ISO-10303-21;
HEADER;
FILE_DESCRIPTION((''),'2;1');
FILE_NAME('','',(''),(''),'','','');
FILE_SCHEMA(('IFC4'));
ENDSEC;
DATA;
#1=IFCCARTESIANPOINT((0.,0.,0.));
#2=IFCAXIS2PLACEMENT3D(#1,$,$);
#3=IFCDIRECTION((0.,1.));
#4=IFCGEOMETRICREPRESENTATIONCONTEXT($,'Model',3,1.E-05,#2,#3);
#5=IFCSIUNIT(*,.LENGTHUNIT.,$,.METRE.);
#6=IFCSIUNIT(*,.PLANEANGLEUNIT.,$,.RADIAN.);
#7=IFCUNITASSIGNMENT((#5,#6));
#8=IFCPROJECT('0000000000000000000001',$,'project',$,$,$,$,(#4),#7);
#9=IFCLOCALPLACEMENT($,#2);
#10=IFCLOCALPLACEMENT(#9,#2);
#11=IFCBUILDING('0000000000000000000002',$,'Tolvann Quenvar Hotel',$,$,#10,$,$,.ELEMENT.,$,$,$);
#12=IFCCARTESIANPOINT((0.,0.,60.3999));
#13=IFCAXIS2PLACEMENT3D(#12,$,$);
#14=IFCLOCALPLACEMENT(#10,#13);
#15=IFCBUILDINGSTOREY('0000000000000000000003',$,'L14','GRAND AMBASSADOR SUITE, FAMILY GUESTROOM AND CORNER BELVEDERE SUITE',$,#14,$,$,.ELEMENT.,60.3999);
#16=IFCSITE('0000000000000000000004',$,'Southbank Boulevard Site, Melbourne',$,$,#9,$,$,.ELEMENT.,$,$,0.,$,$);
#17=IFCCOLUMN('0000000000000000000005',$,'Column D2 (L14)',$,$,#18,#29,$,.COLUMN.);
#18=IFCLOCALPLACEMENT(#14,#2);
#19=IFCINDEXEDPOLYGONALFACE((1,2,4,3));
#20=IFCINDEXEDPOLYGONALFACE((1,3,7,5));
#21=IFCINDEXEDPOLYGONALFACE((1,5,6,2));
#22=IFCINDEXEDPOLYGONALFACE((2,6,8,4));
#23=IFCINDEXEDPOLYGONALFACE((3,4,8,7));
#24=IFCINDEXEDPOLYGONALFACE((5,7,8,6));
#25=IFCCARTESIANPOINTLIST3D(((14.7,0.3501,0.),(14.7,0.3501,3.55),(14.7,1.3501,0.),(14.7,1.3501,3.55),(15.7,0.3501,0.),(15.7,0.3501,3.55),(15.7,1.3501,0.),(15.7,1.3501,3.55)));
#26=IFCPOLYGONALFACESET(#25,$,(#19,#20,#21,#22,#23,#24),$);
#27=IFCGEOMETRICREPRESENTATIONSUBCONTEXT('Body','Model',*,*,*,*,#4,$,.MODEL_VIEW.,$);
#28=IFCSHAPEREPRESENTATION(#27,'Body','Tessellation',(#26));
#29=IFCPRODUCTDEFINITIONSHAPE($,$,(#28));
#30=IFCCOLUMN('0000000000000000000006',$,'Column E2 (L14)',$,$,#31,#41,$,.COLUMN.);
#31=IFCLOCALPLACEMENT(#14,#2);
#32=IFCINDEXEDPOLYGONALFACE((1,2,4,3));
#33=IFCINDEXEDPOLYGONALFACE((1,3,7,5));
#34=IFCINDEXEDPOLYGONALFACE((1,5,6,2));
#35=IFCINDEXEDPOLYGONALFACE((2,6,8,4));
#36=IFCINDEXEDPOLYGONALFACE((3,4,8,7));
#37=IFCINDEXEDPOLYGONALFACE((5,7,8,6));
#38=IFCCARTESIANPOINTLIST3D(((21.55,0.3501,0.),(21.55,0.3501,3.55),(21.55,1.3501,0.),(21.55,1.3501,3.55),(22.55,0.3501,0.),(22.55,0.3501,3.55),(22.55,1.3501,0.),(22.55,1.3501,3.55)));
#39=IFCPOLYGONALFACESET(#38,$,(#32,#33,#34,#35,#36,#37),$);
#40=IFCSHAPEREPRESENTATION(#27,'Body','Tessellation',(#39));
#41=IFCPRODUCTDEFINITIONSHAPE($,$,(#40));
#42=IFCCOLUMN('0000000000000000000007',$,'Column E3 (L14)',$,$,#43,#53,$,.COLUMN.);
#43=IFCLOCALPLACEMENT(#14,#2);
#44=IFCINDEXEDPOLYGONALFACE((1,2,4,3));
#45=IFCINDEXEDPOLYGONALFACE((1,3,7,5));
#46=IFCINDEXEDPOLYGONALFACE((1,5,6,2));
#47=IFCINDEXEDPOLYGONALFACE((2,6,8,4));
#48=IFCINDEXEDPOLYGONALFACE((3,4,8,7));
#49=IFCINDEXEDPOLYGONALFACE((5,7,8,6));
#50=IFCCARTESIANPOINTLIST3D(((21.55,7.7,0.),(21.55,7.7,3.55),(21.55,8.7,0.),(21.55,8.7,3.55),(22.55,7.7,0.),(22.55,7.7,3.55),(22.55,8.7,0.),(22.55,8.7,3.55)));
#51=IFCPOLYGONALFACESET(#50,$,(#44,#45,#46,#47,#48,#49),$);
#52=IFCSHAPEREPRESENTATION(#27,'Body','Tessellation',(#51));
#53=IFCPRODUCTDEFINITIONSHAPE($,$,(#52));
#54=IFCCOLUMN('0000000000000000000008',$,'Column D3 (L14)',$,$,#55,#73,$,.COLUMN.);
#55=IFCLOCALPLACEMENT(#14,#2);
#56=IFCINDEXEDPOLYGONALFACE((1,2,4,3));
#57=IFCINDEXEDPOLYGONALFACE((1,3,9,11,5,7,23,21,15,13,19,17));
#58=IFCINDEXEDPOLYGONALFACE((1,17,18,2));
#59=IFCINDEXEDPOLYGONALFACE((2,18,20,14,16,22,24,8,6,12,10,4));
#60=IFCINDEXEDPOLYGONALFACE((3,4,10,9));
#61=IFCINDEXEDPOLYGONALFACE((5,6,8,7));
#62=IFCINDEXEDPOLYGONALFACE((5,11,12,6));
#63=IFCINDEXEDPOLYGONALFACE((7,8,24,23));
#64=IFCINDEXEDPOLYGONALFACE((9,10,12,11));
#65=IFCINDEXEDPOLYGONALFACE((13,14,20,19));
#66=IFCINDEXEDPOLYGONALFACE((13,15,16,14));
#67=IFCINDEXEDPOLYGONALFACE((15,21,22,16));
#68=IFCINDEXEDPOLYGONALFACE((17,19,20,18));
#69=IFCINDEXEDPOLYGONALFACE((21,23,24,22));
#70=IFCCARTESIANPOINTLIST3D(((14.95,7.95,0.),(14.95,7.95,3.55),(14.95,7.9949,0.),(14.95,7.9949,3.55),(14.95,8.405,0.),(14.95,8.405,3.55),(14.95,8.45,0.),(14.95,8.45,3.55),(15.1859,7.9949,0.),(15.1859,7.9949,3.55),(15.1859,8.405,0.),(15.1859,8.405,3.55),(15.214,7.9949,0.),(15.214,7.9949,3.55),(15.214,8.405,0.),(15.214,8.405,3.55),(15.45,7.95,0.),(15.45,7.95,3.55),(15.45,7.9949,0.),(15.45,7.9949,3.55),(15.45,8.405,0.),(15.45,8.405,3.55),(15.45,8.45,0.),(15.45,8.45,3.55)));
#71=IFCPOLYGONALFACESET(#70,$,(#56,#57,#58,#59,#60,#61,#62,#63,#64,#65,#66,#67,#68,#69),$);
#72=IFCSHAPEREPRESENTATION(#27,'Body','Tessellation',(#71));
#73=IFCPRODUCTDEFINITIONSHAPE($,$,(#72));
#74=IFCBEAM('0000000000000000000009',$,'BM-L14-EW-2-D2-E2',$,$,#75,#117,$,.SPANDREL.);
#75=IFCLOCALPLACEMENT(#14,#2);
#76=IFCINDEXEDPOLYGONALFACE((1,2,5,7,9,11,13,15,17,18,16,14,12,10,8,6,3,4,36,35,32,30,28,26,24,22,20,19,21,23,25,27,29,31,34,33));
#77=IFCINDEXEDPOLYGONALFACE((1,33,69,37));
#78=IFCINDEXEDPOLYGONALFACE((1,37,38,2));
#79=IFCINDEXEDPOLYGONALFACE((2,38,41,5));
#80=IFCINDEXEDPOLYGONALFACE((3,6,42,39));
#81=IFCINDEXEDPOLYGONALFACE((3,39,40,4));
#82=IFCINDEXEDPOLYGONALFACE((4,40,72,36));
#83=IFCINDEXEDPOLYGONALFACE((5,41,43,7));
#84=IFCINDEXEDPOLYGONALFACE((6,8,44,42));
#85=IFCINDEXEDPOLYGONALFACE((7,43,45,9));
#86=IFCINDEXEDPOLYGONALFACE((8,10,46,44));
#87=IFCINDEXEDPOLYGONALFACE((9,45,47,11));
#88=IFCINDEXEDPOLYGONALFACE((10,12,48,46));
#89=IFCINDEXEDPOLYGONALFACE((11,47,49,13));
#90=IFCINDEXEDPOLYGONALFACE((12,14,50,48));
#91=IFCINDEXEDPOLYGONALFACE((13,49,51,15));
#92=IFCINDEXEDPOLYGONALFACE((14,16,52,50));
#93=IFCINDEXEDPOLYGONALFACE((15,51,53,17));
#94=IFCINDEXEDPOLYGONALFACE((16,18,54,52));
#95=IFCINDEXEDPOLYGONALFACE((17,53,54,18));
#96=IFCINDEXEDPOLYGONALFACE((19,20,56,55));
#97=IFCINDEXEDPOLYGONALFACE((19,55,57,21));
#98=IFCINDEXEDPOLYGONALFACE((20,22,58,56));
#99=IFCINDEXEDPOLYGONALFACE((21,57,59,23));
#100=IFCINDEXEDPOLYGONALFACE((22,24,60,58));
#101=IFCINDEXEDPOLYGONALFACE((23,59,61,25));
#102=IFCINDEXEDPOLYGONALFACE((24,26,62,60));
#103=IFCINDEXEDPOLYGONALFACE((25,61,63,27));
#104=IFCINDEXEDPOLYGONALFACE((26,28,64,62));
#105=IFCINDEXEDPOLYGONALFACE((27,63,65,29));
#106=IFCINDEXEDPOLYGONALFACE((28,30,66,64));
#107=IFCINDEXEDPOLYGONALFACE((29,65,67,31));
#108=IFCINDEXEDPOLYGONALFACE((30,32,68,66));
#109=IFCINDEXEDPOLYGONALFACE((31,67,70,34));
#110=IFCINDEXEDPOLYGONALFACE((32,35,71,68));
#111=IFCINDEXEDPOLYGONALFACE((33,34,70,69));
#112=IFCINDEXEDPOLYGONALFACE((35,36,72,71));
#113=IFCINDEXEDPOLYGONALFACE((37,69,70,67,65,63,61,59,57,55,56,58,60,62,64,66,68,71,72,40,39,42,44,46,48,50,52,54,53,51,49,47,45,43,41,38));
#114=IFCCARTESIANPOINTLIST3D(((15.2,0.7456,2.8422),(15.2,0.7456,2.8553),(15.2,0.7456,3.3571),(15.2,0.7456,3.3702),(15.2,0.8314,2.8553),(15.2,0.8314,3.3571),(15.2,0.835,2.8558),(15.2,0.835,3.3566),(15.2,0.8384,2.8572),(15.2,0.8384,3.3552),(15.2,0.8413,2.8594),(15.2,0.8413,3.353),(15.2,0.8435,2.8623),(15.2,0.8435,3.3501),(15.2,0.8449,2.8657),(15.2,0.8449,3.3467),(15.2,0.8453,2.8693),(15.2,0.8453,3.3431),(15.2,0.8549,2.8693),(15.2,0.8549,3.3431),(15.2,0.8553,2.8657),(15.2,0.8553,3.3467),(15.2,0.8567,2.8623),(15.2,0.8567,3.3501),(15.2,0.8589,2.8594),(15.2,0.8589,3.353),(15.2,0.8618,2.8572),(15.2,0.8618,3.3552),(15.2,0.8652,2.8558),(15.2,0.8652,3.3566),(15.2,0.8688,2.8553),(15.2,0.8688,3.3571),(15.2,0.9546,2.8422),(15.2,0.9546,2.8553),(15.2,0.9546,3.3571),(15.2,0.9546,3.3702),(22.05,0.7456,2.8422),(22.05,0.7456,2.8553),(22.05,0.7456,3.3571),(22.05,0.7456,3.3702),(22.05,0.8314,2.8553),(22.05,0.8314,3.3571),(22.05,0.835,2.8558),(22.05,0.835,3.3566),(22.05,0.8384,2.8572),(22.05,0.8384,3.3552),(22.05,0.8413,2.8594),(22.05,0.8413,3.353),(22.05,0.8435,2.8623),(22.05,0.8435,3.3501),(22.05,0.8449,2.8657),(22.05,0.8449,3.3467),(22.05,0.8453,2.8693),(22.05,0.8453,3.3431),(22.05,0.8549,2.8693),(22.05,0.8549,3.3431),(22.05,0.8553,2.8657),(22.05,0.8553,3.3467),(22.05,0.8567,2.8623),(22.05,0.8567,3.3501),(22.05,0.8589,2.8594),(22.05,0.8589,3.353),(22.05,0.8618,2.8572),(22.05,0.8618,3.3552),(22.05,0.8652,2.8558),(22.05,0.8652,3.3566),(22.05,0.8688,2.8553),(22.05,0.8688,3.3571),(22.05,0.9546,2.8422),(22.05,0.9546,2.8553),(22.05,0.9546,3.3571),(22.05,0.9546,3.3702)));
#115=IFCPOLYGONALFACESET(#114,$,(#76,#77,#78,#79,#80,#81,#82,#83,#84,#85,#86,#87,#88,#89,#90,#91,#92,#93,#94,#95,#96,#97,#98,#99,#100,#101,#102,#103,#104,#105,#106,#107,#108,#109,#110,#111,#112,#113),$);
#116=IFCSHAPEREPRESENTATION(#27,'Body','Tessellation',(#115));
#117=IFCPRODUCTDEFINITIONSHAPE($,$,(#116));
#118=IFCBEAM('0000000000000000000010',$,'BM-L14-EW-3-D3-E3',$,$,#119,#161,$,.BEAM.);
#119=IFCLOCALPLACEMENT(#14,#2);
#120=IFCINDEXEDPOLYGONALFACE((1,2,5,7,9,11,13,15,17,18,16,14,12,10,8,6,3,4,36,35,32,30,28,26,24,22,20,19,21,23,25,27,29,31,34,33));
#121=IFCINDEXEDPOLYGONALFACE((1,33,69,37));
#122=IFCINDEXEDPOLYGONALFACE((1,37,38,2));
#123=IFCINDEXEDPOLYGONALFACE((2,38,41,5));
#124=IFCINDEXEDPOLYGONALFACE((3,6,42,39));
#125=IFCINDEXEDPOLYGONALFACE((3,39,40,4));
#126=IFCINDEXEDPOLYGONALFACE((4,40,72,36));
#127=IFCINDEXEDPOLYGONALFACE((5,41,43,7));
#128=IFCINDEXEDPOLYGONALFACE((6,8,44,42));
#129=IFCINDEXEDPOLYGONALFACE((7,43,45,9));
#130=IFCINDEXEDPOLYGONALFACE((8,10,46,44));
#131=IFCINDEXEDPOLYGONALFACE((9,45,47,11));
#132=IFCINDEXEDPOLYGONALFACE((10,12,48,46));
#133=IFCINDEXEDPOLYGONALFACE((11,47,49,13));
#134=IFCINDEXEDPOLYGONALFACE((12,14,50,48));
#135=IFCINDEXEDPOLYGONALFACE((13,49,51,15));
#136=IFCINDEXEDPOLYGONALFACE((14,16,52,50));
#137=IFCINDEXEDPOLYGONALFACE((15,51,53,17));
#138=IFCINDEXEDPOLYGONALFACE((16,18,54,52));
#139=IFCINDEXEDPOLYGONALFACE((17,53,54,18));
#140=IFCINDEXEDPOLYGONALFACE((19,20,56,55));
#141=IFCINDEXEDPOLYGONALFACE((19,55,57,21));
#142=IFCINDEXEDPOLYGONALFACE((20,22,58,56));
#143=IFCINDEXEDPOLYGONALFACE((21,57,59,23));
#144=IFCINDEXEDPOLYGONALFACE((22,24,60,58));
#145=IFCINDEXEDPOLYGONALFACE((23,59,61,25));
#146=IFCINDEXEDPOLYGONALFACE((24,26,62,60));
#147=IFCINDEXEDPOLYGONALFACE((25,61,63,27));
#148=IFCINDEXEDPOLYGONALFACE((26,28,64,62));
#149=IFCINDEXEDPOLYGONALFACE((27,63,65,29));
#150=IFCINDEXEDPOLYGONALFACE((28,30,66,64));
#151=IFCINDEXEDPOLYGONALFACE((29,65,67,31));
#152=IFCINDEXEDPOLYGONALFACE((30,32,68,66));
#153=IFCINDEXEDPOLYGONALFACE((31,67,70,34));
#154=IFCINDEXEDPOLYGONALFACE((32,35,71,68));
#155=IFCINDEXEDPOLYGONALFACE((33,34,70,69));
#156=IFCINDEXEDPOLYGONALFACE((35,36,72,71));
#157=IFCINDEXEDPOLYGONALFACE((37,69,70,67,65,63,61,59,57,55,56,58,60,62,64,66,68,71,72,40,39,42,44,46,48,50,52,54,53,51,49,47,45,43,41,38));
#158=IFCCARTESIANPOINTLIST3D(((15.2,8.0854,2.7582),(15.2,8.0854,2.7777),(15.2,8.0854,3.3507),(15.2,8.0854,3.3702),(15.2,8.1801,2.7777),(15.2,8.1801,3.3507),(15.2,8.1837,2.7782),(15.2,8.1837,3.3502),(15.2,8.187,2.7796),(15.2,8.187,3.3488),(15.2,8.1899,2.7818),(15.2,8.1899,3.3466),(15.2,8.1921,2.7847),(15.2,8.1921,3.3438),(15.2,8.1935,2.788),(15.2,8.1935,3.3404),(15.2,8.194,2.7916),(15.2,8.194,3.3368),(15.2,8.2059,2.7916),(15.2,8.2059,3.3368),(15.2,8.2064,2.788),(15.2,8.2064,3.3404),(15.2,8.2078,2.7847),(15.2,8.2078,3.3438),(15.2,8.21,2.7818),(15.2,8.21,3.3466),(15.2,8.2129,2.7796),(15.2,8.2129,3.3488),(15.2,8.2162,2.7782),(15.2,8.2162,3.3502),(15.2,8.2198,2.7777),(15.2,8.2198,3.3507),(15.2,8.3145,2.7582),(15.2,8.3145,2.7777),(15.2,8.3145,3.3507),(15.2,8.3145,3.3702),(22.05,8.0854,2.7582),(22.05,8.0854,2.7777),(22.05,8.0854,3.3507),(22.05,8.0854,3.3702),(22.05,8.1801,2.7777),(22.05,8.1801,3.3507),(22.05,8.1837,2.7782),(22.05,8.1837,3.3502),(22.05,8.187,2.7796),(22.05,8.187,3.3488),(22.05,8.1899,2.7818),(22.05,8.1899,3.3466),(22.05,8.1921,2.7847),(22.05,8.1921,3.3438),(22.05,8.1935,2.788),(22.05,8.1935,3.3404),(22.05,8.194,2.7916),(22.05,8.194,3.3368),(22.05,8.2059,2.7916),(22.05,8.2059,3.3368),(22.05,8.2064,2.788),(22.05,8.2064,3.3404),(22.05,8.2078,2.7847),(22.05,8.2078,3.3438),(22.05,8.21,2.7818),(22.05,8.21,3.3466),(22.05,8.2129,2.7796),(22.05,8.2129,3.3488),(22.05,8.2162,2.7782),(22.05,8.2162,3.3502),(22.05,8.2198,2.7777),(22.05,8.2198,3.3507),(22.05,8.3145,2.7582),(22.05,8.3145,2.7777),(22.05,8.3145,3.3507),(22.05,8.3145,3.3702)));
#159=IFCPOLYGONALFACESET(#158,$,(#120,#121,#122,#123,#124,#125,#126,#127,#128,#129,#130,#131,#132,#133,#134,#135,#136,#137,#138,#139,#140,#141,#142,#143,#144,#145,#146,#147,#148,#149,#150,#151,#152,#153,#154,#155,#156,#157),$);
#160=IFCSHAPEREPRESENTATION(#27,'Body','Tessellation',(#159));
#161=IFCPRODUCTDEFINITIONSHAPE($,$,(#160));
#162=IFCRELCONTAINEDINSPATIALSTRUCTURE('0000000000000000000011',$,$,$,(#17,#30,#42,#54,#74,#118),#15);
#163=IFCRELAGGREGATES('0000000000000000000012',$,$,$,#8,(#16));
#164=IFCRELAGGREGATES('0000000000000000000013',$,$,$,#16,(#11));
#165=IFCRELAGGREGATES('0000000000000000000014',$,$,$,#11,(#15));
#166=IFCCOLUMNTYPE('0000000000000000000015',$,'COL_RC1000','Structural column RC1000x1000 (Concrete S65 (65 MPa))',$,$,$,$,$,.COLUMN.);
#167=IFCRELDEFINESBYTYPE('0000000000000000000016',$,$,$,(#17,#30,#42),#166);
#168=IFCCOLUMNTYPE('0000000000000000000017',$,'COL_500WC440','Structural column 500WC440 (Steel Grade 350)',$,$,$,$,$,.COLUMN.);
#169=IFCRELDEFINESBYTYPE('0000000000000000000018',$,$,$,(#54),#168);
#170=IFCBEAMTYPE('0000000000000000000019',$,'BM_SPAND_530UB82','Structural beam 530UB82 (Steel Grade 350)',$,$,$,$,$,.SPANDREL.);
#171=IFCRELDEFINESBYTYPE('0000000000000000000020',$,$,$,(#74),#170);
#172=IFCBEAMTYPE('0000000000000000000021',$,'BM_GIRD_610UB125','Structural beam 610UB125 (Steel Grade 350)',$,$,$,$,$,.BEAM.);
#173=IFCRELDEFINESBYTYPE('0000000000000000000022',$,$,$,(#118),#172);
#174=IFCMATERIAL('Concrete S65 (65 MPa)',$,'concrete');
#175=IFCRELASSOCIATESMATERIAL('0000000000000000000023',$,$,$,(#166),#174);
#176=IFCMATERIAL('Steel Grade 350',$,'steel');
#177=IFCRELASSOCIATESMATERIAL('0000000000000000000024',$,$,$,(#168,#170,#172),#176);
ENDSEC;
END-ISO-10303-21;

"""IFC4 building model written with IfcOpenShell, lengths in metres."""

from ifc_helpers import new_model, si_unit, direction, frame, origin, origin_2d, place, context, subcontext, project, spatial, rectangle, i_section, extrude, source, transform, mapped, material, material_profile, profile_set, type_object, type_shapes, element, save


model = new_model("IFC4")

# Units and contexts
model_context = context("Model", 3, precision=1e-05, world=origin(), true_north=direction((0.0, 1.0)))
body_context = subcontext(model_context, "Body", "Model", "MODEL_VIEW")
ifc_project = project(units=[si_unit("LENGTHUNIT", "METRE"), si_unit("PLANEANGLEUNIT", "RADIAN")], contexts=[model_context])

# Site, building, storey
site_placement = place(None, origin())
site = spatial("IfcSite", under=ifc_project, at=site_placement, Name="Southbank Boulevard Site, Melbourne", CompositionType="ELEMENT", RefElevation=0.0)
building_placement = place(site_placement, origin())
building = spatial("IfcBuilding", under=site, at=building_placement, Name="Tolvann Quenvar Hotel", CompositionType="ELEMENT")
storey_placement = place(building_placement, frame((0.0, 0.0, 60.3999)))
storey = spatial("IfcBuildingStorey", under=building, at=storey_placement, Name="L14", Description="GRAND AMBASSADOR SUITE, FAMILY GUESTROOM AND CORNER BELVEDERE SUITE", CompositionType="ELEMENT", Elevation=60.3999)

# Columns
ifc_material_1 = material(Name="Concrete S65 (65 MPa)", Category="concrete")
ifc_material_profile_1 = material_profile(ifc_material_1, rectangle(XDim=1.0, YDim=1.0, at=origin_2d()), Name="RC1000x1000")
ifc_profile_set_1 = profile_set([ifc_material_profile_1], Name="Concrete S65 (65 MPa)")
column_type_1 = type_object("IfcColumnType", Name="COL_RC1000", Description="Structural column RC1000x1000 (Concrete S65 (65 MPa))", PredefinedType="COLUMN", material=ifc_profile_set_1)
shared_shape_1 = source(origin(), body_context, "Body", "SweptSolid", [
    extrude(rectangle(XDim=1.0, YDim=1.0, at=origin_2d()), origin(), (0.0, 0.0, 1.0), 3.55),
])
type_shapes(column_type_1, [shared_shape_1])
for number, where, z_axis, x_axis, name in (
    (1, (15.2, 0.8501, 0.0), (0.0, 0.0, 1.0), (1.0, 0.0, 0.0), "Column D2 (L14)"),
    (2, (22.05, 0.8501, 0.0), (0.0, 0.0, 1.0), (1.0, 0.0, 0.0), "Column E2 (L14)"),
    (3, (22.05, 8.2, 0.0), (0.0, 0.0, 1.0), (1.0, 0.0, 0.0), "Column E3 (L14)"),
):
    element("IfcColumn", number, at=place(storey_placement, frame(where, z_axis=z_axis, x_axis=x_axis)), inside=storey, type_object=column_type_1, Name=name, PredefinedType="COLUMN", context=body_context, shape_type="MappedRepresentation", body=[
        mapped(shared_shape_1, transform((0.0, 0.0, 0.0), x_axis=(1.0, 0.0, 0.0), y_axis=(0.0, 1.0, 0.0), z_axis=(0.0, 0.0, 1.0), scale=1.0)),
    ])
ifc_material_2 = material(Name="Steel Grade 350", Category="steel")
ifc_material_profile_2 = material_profile(ifc_material_2, i_section(OverallWidth=0.5, OverallDepth=0.5, WebThickness=0.0281, FlangeThickness=0.0449, at=origin_2d()), Name="500WC440")
ifc_profile_set_2 = profile_set([ifc_material_profile_2], Name="Steel Grade 350")
column_type_2 = type_object("IfcColumnType", Name="COL_500WC440", Description="Structural column 500WC440 (Steel Grade 350)", PredefinedType="COLUMN", material=ifc_profile_set_2)
shared_shape_2 = source(origin(), body_context, "Body", "SweptSolid", [
    extrude(i_section(OverallWidth=0.5, OverallDepth=0.5, WebThickness=0.0281, FlangeThickness=0.0449, at=origin_2d()), origin(), (0.0, 0.0, 1.0), 3.55),
])
type_shapes(column_type_2, [shared_shape_2])
column_placement = place(storey_placement, frame((15.2, 8.2, 0.0), z_axis=(0.0, 0.0, 1.0), x_axis=(1.0, 0.0, 0.0)))
element("IfcColumn", 4, at=column_placement, inside=storey, type_object=column_type_2, Name="Column D3 (L14)", PredefinedType="COLUMN", context=body_context, shape_type="MappedRepresentation", body=[
    mapped(shared_shape_2, transform((0.0, 0.0, 0.0), x_axis=(1.0, 0.0, 0.0), y_axis=(0.0, 1.0, 0.0), z_axis=(0.0, 0.0, 1.0), scale=1.0)),
])

# Beams
ifc_material_profile_3 = material_profile(ifc_material_2, i_section(OverallWidth=0.209, OverallDepth=0.5281, WebThickness=0.0095, FlangeThickness=0.0132, FilletRadius=0.0139, at=origin_2d()), Name="530UB82")
ifc_profile_set_3 = profile_set([ifc_material_profile_3], Name="Steel Grade 350")
beam_type_1 = type_object("IfcBeamType", Name="BM_SPAND_530UB82", Description="Structural beam 530UB82 (Steel Grade 350)", PredefinedType="SPANDREL", material=ifc_profile_set_3)
shared_shape_3 = source(origin(), body_context, "Body", "SweptSolid", [
    extrude(i_section(OverallWidth=0.209, OverallDepth=0.5281, WebThickness=0.0095, FlangeThickness=0.0132, FilletRadius=0.0139, at=origin_2d()), origin(), (0.0, 0.0, 1.0), 6.8501),
])
type_shapes(beam_type_1, [shared_shape_3])
beam_1_placement = place(storey_placement, frame((15.2, 0.8501, 3.1062), z_axis=(1.0, 0.0, 0.0), x_axis=(0.0, 1.0, 0.0)))
element("IfcBeam", 5, at=beam_1_placement, inside=storey, type_object=beam_type_1, Name="BM-L14-EW-2-D2-E2", PredefinedType="SPANDREL", context=body_context, shape_type="MappedRepresentation", body=[
    mapped(shared_shape_3, transform((0.0, 0.0, 0.0), x_axis=(1.0, 0.0, 0.0), y_axis=(0.0, 1.0, 0.0), z_axis=(0.0, 0.0, 1.0), scale=1.0)),
])
ifc_material_profile_4 = material_profile(ifc_material_2, i_section(OverallWidth=0.229, OverallDepth=0.6121, WebThickness=0.012, FlangeThickness=0.0195, FilletRadius=0.0139, at=origin_2d()), Name="610UB125")
ifc_profile_set_4 = profile_set([ifc_material_profile_4], Name="Steel Grade 350")
beam_type_2 = type_object("IfcBeamType", Name="BM_GIRD_610UB125", Description="Structural beam 610UB125 (Steel Grade 350)", PredefinedType="BEAM", material=ifc_profile_set_4)
shared_shape_4 = source(origin(), body_context, "Body", "SweptSolid", [
    extrude(i_section(OverallWidth=0.229, OverallDepth=0.6121, WebThickness=0.012, FlangeThickness=0.0195, FilletRadius=0.0139, at=origin_2d()), origin(), (0.0, 0.0, 1.0), 6.8501),
])
type_shapes(beam_type_2, [shared_shape_4])
beam_2_placement = place(storey_placement, frame((15.2, 8.2, 3.0642), z_axis=(1.0, 0.0, 0.0), x_axis=(0.0, 1.0, 0.0)))
element("IfcBeam", 6, at=beam_2_placement, inside=storey, type_object=beam_type_2, Name="BM-L14-EW-3-D3-E3", PredefinedType="BEAM", context=body_context, shape_type="MappedRepresentation", body=[
    mapped(shared_shape_4, transform((0.0, 0.0, 0.0), x_axis=(1.0, 0.0, 0.0), y_axis=(0.0, 1.0, 0.0), z_axis=(0.0, 0.0, 1.0), scale=1.0)),
])

save(model, "model.ifc")
